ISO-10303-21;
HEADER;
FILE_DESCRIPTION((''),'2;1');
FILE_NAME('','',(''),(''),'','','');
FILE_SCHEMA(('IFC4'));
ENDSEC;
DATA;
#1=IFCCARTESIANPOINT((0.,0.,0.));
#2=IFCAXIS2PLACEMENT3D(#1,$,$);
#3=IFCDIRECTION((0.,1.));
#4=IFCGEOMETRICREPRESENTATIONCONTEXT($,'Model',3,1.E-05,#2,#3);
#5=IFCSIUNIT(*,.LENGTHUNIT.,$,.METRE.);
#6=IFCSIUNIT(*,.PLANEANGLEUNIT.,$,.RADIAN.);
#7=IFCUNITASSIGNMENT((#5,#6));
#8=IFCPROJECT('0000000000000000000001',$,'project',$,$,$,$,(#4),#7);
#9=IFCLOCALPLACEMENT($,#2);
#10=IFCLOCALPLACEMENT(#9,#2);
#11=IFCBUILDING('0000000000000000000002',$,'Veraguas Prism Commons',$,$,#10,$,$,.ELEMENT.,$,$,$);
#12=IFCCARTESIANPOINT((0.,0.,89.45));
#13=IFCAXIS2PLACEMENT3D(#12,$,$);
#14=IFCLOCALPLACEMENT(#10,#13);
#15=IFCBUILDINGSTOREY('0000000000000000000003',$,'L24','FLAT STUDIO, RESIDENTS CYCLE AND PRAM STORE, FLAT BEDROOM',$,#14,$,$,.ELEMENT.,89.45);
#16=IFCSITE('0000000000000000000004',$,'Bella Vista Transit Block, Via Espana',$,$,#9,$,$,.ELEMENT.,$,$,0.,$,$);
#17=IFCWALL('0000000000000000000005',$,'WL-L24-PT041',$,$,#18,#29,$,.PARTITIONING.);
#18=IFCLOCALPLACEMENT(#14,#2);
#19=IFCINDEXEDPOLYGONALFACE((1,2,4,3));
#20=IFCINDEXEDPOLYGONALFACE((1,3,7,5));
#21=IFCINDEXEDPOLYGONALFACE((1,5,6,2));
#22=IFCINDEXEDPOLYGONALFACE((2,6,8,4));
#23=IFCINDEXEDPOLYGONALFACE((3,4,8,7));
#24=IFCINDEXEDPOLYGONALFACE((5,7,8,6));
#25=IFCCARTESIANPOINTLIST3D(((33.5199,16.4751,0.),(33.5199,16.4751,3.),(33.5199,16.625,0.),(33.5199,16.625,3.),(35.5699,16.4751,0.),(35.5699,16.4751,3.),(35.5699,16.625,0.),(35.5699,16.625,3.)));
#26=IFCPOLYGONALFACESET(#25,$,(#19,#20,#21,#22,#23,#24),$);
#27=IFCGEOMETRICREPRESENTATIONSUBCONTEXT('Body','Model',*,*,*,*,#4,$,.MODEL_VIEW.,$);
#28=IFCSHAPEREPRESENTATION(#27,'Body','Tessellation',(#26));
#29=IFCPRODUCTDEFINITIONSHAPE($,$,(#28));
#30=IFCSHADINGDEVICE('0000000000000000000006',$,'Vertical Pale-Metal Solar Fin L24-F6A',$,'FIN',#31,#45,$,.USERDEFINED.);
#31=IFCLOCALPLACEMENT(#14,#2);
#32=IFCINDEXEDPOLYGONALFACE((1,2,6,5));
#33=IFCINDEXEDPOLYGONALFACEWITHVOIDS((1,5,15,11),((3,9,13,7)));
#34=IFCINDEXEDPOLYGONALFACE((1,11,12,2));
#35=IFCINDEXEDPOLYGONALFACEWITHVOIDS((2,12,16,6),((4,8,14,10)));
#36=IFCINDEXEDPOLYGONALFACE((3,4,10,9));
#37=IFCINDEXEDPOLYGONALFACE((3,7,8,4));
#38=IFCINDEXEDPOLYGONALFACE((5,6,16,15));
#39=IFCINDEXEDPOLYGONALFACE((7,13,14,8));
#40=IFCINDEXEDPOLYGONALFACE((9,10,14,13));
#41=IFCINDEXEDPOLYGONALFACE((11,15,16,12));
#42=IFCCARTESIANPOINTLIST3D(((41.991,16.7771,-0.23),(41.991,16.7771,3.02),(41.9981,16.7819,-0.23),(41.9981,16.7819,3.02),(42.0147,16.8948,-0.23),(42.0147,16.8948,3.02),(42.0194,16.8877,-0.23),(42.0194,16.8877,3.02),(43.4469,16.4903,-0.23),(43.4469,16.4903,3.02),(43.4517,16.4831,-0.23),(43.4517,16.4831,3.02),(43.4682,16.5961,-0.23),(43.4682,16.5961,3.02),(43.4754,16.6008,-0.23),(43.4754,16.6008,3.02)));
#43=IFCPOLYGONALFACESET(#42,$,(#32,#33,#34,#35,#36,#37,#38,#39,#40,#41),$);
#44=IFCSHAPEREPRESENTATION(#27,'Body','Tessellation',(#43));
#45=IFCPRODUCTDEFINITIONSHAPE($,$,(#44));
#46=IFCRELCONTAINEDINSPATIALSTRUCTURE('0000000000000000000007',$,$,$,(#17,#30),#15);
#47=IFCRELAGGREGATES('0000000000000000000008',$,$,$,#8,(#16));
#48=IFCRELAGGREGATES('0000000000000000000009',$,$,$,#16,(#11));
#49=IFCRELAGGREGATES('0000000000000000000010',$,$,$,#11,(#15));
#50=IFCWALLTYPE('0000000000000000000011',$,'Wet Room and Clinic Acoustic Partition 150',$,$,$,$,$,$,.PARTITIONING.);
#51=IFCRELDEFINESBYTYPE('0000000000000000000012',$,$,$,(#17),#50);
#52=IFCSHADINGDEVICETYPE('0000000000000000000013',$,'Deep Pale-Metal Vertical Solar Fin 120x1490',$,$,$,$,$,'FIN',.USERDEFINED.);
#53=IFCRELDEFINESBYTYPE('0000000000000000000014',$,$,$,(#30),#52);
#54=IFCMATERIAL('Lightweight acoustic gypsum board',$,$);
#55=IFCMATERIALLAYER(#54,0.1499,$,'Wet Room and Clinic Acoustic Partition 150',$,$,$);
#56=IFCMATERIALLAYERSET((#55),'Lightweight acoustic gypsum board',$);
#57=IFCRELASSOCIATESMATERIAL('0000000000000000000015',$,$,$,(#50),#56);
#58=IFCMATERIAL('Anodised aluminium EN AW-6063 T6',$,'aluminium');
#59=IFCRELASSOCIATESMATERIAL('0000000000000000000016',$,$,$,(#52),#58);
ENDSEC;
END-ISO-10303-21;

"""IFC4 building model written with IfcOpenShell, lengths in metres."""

from ifc_helpers import new_model, si_unit, direction, frame, frame_2d, origin, origin_2d, place, context, subcontext, project, spatial, rectangle, hollow_rectangle, extrude, material, layer, layer_set, material_profile, profile_set, type_object, element, save


model = new_model("IFC4")

# Units and contexts
model_context = context("Model", 3, precision=1e-05, world=origin(), true_north=direction((0.0, 1.0)))
body_context = subcontext(model_context, "Body", "Model", "MODEL_VIEW")
ifc_project = project(units=[si_unit("LENGTHUNIT", "METRE"), si_unit("PLANEANGLEUNIT", "RADIAN")], contexts=[model_context])

# Site, building, storey
site_placement = place(None, origin())
site = spatial("IfcSite", under=ifc_project, at=site_placement, Name="Bella Vista Transit Block, Via Espana", CompositionType="ELEMENT", RefElevation=0.0)
building_placement = place(site_placement, origin())
building = spatial("IfcBuilding", under=site, at=building_placement, Name="Veraguas Prism Commons", CompositionType="ELEMENT")
storey_placement = place(building_placement, frame((0.0, 0.0, 89.45)))
storey = spatial("IfcBuildingStorey", under=building, at=storey_placement, Name="L24", Description="FLAT STUDIO, RESIDENTS CYCLE AND PRAM STORE, FLAT BEDROOM", CompositionType="ELEMENT", Elevation=89.45)

# Shared definitions
ifc_material_1 = material(Name="Anodised aluminium EN AW-6063 T6", Category="aluminium")

# Shared definitions
ifc_material_2 = material(Name="Lightweight acoustic gypsum board")

# Wall
ifc_layer_1 = layer(ifc_material_2, 0.1499, Name="Wet Room and Clinic Acoustic Partition 150")
ifc_layer_set_1 = layer_set([ifc_layer_1], Name="Lightweight acoustic gypsum board")
wall_type_1 = type_object("IfcWallType", Name="Wet Room and Clinic Acoustic Partition 150", PredefinedType="PARTITIONING", material=ifc_layer_set_1)
wall_1_placement = place(storey_placement, frame((33.52, 16.55, 0.0), z_axis=(0.0, 0.0, 1.0), x_axis=(1.0, 0.0, 0.0)))
element("IfcWall", 1, at=wall_1_placement, inside=storey, type_object=wall_type_1, Name="WL-L24-PT041", PredefinedType="PARTITIONING", context=body_context, shape_type="SweptSolid", body=[
    extrude(rectangle(XDim=2.05, YDim=0.1499, at=frame_2d((1.0249, 0.0))), origin(), (0.0, 0.0, 1.0), 3.0),
])

# Shading device
ifc_material_profile_1 = material_profile(ifc_material_1, hollow_rectangle(XDim=0.1201, YDim=1.49, WallThickness=0.0061, at=origin_2d()), Name="FIN120X1490X6")
ifc_profile_set_1 = profile_set([ifc_material_profile_1], Name="Anodised aluminium EN AW-6063 T6")
shading_device_type = type_object("IfcShadingDeviceType", Name="Deep Pale-Metal Vertical Solar Fin 120x1490", ElementType="FIN", PredefinedType="USERDEFINED", material=ifc_profile_set_1)
shading_device_placement = place(storey_placement, frame((42.7332, 16.689, -0.23), z_axis=(0.0, 0.0, 1.0), x_axis=(0.197317, 0.98034, 0.0)))
element("IfcShadingDevice", 2, at=shading_device_placement, inside=storey, type_object=shading_device_type, Name="Vertical Pale-Metal Solar Fin L24-F6A", ObjectType="FIN", PredefinedType="USERDEFINED", context=body_context, shape_type="SweptSolid", body=[
    extrude(hollow_rectangle(XDim=0.1201, YDim=1.49, WallThickness=0.0061, at=origin_2d()), origin(), (0.0, 0.0, 1.0), 3.25),
])

save(model, "model.ifc")
